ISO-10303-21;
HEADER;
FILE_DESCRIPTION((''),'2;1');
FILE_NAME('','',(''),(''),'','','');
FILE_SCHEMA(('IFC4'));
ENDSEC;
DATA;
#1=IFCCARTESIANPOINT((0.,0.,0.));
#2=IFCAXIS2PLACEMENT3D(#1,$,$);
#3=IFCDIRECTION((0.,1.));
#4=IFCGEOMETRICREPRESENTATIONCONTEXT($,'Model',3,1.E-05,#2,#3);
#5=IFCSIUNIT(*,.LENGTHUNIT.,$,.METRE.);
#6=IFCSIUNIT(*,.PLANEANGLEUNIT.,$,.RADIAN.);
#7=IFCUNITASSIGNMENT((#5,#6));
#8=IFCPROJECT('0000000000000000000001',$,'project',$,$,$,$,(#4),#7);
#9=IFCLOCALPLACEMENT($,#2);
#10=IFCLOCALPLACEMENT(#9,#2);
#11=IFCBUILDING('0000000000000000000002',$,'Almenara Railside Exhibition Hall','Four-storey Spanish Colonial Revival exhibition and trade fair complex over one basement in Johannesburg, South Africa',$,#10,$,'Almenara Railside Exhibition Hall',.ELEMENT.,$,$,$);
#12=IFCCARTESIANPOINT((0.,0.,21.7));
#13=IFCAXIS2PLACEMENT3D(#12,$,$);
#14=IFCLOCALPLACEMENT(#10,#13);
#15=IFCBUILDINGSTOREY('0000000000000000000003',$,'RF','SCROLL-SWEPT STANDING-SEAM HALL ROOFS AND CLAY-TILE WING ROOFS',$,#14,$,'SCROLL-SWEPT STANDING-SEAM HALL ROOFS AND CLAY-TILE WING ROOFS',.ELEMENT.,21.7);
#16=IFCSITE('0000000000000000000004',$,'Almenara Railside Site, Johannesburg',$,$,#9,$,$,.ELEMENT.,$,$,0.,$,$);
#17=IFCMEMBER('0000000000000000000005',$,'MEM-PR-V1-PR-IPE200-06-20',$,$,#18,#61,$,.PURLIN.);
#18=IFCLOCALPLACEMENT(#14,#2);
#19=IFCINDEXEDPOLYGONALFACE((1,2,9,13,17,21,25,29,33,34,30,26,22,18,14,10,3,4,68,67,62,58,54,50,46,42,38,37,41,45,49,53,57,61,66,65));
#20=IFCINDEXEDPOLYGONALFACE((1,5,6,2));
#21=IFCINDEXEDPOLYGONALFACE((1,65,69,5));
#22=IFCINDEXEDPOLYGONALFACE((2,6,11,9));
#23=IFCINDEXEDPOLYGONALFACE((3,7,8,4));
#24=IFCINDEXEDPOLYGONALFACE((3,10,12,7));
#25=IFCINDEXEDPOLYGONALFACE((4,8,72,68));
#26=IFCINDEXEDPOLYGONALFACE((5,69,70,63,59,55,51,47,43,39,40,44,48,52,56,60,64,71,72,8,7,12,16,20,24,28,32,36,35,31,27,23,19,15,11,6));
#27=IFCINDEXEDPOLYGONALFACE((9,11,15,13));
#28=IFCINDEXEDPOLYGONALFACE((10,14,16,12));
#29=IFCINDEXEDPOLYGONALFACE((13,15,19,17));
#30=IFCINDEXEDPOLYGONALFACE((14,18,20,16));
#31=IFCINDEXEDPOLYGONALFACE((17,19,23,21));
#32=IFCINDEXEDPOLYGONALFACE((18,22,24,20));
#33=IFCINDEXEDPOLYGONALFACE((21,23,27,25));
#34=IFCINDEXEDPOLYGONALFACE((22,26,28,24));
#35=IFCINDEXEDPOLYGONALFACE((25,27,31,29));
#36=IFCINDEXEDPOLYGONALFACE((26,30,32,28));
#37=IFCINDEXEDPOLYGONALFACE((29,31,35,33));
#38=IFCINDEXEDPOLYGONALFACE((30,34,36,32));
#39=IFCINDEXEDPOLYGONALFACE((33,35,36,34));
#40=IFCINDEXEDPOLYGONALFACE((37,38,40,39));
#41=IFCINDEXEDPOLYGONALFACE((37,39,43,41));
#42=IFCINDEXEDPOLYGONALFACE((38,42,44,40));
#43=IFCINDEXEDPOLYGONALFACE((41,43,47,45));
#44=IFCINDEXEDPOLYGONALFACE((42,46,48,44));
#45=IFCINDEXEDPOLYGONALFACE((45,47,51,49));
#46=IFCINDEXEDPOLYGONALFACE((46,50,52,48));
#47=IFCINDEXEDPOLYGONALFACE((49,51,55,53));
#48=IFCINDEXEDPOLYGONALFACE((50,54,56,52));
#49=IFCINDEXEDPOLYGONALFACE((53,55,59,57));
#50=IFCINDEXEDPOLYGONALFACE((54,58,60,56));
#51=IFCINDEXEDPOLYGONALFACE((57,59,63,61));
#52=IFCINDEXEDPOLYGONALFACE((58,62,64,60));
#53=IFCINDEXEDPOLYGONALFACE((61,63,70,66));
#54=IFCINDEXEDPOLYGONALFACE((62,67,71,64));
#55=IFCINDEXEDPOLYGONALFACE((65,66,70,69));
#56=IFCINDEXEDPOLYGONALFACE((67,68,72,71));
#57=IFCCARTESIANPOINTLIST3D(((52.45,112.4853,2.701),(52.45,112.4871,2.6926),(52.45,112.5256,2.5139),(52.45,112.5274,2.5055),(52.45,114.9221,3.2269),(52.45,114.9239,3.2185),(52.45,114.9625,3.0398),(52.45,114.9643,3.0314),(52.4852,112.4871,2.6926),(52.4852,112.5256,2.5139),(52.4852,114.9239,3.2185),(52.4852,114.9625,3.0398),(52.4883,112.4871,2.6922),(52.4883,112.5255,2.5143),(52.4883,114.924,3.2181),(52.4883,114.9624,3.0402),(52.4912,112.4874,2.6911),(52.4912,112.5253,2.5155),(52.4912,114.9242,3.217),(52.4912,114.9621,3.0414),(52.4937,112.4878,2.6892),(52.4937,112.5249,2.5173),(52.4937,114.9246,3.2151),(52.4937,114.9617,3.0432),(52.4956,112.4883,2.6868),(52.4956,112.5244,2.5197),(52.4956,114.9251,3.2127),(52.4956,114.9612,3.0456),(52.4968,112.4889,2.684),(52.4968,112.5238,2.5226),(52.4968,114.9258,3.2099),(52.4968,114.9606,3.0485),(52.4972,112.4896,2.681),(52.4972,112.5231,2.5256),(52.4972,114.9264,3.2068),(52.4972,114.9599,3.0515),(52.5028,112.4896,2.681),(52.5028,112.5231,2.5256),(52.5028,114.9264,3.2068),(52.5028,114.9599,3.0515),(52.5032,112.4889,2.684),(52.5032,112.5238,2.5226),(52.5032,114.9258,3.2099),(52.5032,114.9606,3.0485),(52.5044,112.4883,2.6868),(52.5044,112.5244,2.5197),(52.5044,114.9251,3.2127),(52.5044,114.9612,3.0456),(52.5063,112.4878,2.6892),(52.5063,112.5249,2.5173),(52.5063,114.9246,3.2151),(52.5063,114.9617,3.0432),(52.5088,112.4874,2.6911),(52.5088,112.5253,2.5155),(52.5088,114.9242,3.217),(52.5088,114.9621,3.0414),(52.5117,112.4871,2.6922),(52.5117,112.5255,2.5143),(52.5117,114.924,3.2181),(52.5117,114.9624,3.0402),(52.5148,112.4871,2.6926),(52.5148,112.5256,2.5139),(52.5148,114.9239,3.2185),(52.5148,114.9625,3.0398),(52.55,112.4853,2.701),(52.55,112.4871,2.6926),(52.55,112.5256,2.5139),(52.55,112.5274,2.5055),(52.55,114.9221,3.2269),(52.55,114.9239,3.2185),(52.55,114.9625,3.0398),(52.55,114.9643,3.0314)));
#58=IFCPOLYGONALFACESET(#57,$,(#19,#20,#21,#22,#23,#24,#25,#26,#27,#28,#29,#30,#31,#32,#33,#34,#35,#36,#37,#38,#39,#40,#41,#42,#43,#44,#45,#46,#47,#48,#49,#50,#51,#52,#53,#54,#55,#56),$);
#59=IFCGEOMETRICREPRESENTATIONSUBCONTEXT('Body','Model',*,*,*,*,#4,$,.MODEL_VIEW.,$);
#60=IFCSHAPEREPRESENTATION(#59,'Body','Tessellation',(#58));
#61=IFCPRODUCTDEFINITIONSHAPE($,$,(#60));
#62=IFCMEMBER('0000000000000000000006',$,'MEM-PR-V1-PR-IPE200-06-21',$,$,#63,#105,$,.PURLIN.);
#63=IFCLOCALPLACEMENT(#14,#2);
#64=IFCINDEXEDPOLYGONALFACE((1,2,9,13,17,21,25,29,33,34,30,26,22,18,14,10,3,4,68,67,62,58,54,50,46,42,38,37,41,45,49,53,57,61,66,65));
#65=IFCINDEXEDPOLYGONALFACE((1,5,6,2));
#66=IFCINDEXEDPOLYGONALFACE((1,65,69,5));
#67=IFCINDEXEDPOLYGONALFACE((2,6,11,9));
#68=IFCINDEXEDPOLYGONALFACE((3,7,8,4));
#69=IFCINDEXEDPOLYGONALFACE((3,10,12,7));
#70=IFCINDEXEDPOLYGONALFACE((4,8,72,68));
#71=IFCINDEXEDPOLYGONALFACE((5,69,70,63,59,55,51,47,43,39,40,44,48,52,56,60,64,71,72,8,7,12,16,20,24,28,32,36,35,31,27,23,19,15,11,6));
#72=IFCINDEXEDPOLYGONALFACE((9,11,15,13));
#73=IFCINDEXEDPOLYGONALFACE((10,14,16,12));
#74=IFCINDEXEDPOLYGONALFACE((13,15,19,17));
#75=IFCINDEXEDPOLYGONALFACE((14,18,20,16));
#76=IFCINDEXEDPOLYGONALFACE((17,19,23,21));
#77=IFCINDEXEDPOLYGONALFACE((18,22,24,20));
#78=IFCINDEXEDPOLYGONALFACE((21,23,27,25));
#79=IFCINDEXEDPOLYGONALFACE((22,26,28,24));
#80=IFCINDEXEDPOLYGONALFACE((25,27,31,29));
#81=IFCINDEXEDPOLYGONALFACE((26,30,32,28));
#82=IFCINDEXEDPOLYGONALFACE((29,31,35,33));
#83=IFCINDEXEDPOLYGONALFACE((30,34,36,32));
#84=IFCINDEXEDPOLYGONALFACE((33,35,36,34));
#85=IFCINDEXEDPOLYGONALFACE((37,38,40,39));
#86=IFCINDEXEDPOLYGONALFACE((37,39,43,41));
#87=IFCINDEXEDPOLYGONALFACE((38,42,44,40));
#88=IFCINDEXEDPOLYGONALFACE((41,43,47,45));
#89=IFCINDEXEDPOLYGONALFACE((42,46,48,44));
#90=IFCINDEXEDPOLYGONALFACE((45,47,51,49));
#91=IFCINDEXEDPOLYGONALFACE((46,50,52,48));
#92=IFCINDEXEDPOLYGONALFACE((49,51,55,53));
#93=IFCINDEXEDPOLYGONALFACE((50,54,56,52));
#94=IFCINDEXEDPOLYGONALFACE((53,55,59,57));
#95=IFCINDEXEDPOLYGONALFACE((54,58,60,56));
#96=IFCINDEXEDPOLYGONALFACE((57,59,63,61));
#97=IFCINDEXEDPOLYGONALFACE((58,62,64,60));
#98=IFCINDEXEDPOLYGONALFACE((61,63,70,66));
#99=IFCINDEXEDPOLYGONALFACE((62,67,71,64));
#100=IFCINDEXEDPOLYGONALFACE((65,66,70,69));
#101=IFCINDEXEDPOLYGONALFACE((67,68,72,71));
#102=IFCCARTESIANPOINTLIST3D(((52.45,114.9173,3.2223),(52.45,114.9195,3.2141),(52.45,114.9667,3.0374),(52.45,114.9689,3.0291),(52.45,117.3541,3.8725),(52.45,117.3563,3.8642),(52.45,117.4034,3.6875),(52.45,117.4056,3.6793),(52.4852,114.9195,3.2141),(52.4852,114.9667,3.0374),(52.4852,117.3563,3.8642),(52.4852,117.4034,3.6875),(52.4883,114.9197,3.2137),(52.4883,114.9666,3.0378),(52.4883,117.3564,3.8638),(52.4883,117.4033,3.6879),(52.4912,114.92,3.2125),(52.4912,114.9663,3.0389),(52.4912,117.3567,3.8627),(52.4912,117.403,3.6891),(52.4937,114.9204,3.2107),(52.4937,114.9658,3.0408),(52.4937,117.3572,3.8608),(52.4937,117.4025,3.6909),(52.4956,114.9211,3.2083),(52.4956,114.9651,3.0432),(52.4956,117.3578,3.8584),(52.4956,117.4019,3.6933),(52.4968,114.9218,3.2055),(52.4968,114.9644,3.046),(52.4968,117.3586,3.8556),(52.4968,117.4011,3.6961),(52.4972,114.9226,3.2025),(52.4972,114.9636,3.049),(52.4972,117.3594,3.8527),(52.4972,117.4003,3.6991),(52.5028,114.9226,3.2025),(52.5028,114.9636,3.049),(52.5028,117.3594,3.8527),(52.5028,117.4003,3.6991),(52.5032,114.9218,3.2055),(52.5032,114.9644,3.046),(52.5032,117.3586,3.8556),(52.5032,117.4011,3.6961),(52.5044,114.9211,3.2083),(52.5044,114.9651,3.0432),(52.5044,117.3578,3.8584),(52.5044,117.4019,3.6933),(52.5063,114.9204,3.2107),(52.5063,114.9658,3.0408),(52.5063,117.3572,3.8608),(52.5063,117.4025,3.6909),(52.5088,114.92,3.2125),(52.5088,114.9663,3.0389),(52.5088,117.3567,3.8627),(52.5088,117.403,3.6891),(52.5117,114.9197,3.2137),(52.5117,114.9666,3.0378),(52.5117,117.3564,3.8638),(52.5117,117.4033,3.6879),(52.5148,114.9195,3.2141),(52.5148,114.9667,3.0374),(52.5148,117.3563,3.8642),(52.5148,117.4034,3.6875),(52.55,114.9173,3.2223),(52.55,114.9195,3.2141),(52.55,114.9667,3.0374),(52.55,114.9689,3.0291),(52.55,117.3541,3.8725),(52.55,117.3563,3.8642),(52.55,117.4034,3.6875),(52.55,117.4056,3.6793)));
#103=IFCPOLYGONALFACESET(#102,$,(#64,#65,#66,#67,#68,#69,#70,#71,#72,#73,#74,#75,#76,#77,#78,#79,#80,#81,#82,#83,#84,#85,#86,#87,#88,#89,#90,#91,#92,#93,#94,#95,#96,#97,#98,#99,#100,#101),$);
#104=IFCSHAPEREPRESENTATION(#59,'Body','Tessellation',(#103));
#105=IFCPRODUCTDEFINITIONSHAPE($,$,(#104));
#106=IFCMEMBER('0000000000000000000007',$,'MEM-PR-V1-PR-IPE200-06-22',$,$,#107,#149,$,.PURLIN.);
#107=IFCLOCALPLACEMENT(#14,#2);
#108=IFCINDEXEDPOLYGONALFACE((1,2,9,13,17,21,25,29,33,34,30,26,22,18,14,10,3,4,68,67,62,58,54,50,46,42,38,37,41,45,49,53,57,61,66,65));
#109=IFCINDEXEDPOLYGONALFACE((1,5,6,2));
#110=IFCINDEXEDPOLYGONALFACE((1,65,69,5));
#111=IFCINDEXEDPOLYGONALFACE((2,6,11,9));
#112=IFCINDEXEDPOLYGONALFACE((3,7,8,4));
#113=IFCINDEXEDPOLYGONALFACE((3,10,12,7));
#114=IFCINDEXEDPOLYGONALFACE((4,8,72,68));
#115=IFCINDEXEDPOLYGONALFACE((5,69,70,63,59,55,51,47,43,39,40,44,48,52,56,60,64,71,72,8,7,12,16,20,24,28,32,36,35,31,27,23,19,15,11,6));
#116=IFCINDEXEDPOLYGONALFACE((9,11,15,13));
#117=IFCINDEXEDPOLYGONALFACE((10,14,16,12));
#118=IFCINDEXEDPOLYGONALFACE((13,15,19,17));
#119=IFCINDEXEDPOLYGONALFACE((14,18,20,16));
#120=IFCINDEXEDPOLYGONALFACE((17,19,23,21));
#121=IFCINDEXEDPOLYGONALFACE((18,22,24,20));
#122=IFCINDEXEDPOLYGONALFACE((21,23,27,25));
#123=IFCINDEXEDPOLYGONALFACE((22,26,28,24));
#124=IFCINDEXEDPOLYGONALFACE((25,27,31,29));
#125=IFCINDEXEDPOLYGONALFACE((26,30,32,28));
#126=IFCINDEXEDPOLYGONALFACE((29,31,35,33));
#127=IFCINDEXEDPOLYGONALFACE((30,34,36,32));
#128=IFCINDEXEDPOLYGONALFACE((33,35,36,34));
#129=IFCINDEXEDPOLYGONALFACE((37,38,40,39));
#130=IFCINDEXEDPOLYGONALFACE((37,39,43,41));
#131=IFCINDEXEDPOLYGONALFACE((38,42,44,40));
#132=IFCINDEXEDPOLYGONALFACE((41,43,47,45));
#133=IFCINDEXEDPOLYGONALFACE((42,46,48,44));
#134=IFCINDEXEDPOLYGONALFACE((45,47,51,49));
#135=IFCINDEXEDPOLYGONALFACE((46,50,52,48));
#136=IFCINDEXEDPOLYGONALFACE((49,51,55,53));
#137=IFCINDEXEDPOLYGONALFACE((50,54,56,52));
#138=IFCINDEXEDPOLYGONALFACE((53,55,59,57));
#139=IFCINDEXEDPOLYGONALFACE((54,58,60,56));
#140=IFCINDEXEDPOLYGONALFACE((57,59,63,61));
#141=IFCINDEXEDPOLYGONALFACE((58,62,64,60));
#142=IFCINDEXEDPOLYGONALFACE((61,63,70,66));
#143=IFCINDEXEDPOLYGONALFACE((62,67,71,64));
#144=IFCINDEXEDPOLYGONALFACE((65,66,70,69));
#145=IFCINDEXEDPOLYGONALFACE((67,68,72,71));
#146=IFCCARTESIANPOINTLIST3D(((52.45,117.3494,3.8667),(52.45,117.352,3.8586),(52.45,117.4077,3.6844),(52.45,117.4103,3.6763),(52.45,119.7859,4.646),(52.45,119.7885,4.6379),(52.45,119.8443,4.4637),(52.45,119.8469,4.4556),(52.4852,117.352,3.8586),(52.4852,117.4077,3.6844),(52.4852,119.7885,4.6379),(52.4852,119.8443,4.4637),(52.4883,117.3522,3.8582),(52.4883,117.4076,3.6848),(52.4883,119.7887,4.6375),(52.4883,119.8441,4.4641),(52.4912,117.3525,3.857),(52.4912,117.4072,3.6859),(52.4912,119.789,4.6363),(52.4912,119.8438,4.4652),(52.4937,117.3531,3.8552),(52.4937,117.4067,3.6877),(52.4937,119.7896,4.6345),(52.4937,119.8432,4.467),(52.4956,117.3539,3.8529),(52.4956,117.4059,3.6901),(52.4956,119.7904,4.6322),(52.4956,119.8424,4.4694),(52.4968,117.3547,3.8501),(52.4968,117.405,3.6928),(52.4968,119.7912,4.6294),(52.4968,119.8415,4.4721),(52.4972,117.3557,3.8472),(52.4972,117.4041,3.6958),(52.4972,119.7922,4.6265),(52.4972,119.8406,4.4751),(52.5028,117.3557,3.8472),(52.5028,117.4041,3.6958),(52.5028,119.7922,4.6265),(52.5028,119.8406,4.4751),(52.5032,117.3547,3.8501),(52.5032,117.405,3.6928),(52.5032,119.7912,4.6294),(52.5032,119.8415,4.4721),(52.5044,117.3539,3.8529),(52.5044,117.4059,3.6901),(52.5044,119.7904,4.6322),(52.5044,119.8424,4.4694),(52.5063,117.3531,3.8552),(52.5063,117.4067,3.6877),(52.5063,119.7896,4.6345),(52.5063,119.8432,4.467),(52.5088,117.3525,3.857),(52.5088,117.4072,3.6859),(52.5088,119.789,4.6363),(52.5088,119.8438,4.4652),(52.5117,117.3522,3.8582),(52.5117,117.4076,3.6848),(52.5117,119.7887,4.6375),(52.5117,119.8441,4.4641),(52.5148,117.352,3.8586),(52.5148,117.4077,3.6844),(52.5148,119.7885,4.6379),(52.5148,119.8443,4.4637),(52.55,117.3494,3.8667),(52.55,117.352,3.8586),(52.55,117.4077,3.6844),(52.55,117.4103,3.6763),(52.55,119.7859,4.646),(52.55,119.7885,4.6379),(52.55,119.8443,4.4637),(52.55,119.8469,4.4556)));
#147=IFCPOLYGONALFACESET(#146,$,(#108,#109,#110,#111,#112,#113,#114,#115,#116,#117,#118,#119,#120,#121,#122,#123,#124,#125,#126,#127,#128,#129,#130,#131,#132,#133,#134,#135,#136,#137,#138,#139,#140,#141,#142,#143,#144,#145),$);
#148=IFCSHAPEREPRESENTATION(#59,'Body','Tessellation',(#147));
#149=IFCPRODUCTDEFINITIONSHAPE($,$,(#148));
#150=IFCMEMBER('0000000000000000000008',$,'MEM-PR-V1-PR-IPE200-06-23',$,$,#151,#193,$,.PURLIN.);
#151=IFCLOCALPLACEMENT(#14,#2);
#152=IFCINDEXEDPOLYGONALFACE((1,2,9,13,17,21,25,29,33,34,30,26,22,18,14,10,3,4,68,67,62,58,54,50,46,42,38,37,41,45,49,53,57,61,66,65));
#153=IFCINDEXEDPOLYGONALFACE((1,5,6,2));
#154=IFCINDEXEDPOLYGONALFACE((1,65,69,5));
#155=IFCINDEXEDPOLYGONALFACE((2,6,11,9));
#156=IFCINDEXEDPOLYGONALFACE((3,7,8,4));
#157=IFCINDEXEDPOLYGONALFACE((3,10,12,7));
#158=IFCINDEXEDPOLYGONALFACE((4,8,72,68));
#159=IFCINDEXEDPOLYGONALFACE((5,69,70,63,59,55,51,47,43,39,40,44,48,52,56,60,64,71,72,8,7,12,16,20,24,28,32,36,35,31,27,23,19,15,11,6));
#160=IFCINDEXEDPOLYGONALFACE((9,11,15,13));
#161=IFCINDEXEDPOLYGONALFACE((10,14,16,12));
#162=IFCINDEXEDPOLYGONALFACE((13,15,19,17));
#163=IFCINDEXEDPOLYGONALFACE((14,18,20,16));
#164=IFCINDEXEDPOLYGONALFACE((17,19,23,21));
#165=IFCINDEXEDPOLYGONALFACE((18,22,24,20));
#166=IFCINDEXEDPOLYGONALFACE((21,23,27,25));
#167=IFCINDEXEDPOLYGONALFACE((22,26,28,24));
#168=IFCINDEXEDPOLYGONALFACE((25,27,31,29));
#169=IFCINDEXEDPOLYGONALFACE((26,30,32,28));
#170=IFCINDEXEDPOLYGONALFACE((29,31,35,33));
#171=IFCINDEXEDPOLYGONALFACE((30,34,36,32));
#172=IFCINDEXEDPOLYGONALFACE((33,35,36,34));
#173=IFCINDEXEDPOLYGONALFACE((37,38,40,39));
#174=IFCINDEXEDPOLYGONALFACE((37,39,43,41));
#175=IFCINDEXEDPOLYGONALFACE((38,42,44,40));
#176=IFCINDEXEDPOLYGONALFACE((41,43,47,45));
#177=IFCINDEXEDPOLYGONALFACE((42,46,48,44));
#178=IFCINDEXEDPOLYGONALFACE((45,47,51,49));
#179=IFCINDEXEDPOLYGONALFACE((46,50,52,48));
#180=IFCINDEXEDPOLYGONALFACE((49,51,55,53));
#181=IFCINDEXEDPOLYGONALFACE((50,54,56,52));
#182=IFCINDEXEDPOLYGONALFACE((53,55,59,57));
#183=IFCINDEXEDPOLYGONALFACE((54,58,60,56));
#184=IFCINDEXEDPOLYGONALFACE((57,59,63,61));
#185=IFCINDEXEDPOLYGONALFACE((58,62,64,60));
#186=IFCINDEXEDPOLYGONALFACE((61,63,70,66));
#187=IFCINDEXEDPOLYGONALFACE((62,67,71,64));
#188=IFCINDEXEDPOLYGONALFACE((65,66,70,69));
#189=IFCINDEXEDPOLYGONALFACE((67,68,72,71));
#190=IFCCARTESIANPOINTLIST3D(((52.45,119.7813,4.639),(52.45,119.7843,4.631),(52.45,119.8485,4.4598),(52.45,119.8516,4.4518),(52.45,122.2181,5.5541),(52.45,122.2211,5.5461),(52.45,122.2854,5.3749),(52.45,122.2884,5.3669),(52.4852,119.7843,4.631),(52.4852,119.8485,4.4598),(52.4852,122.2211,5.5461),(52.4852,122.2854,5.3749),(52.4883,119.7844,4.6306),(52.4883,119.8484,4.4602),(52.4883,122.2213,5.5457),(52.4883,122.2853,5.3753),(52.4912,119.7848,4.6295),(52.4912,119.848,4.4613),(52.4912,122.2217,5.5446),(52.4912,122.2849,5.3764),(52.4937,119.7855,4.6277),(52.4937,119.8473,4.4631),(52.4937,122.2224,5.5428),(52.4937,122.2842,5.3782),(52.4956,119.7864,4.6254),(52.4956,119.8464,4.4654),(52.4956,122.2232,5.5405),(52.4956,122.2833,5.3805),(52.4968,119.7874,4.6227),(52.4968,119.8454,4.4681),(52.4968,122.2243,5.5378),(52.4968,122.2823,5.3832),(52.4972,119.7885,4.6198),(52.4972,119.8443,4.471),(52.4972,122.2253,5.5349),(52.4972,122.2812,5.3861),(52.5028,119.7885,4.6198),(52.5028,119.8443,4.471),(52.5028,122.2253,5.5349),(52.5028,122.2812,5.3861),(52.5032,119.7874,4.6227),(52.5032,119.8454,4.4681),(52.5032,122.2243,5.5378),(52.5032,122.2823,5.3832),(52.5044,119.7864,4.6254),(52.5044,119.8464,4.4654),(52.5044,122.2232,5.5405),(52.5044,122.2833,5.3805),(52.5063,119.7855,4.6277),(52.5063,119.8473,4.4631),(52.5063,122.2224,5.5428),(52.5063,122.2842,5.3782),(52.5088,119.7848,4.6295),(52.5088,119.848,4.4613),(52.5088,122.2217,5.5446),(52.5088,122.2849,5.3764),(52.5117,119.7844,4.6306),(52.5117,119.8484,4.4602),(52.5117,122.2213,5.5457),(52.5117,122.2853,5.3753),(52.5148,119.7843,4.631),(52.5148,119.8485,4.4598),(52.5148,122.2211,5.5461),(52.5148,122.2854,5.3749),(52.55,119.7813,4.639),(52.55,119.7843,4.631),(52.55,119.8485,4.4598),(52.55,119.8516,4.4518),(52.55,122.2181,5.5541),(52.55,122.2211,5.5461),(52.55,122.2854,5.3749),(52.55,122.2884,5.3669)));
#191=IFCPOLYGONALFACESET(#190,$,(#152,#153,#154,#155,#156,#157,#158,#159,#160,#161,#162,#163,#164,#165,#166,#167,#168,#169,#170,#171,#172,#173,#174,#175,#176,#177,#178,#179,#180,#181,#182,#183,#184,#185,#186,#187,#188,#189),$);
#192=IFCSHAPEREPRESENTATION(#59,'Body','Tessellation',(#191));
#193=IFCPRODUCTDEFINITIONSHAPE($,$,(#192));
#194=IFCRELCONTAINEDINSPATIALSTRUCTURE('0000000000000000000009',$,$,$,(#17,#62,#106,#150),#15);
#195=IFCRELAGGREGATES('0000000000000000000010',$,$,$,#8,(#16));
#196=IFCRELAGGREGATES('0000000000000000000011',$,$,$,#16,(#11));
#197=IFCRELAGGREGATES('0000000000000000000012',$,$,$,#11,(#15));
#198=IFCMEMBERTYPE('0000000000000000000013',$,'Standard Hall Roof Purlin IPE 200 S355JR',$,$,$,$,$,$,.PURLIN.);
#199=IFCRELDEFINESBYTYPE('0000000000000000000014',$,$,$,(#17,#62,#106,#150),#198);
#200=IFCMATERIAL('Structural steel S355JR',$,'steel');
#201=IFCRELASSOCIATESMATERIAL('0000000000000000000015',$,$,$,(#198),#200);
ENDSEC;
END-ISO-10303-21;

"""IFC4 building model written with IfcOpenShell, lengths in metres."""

from ifc_helpers import new_model, si_unit, direction, frame, origin, origin_2d, place, context, subcontext, project, spatial, i_section, extrude, material, material_profile, profile_set, type_object, element, save


model = new_model("IFC4")

# Units and contexts
model_context = context("Model", 3, precision=1e-05, world=origin(), true_north=direction((0.0, 1.0)))
body_context = subcontext(model_context, "Body", "Model", "MODEL_VIEW")
ifc_project = project(units=[si_unit("LENGTHUNIT", "METRE"), si_unit("PLANEANGLEUNIT", "RADIAN")], contexts=[model_context])

# Site, building, storey
site_placement = place(None, origin())
site = spatial("IfcSite", under=ifc_project, at=site_placement, Name="Almenara Railside Site, Johannesburg", CompositionType="ELEMENT", RefElevation=0.0)
building_placement = place(site_placement, origin())
building = spatial("IfcBuilding", under=site, at=building_placement, Name="Almenara Railside Exhibition Hall", Description="Four-storey Spanish Colonial Revival exhibition and trade fair complex over one basement in Johannesburg, South Africa", LongName="Almenara Railside Exhibition Hall", CompositionType="ELEMENT")
storey_placement = place(building_placement, frame((0.0, 0.0, 21.7)))
storey = spatial("IfcBuildingStorey", under=building, at=storey_placement, Name="RF", Description="SCROLL-SWEPT STANDING-SEAM HALL ROOFS AND CLAY-TILE WING ROOFS", LongName="SCROLL-SWEPT STANDING-SEAM HALL ROOFS AND CLAY-TILE WING ROOFS", CompositionType="ELEMENT", Elevation=21.7)

# Members
ifc_material_1 = material(Name="Structural steel S355JR", Category="steel")
ifc_material_profile_1 = material_profile(ifc_material_1, i_section(OverallWidth=0.1001, OverallDepth=0.2, WebThickness=0.0056, FlangeThickness=0.0085, FilletRadius=0.012, at=origin_2d()), Name="IPE 200")
ifc_profile_set_1 = profile_set([ifc_material_profile_1], Name="Structural steel S355JR")
member_type_1 = type_object("IfcMemberType", Name="Standard Hall Roof Purlin IPE 200 S355JR", PredefinedType="PURLIN", material=ifc_profile_set_1)
member_1_placement = place(storey_placement, frame((52.5, 112.5063, 2.6033), z_axis=(0.0, 0.977496, 0.210953), x_axis=(-1.0, 0.0, 0.0)))
element("IfcMember", 1, at=member_1_placement, inside=storey, type_object=member_type_1, Name="MEM-PR-V1-PR-IPE200-06-20", PredefinedType="PURLIN", context=body_context, shape_type="SweptSolid", body=[
    extrude(i_section(OverallWidth=0.1001, OverallDepth=0.2, WebThickness=0.0056, FlangeThickness=0.0085, FilletRadius=0.012, at=origin_2d()), origin(), (0.0, 0.0, 1.0), 2.4929),
])
member_2_placement = place(storey_placement, frame((52.5, 114.9431, 3.1257), z_axis=(0.0, 0.966201, 0.257789), x_axis=(-1.0, 0.0, 0.0)))
element("IfcMember", 2, at=member_2_placement, inside=storey, type_object=member_type_1, Name="MEM-PR-V1-PR-IPE200-06-21", PredefinedType="PURLIN", context=body_context, shape_type="SweptSolid", body=[
    extrude(i_section(OverallWidth=0.1001, OverallDepth=0.2, WebThickness=0.0056, FlangeThickness=0.0085, FilletRadius=0.012, at=origin_2d()), origin(), (0.0, 0.0, 1.0), 2.522),
])
member_3_placement = place(storey_placement, frame((52.5, 117.3799, 3.7715), z_axis=(0.0, 0.952468, 0.304637), x_axis=(-1.0, 0.0, 0.0)))
element("IfcMember", 3, at=member_3_placement, inside=storey, type_object=member_type_1, Name="MEM-PR-V1-PR-IPE200-06-22", PredefinedType="PURLIN", context=body_context, shape_type="SweptSolid", body=[
    extrude(i_section(OverallWidth=0.1001, OverallDepth=0.2, WebThickness=0.0056, FlangeThickness=0.0085, FilletRadius=0.012, at=origin_2d()), origin(), (0.0, 0.0, 1.0), 2.5581),
])
member_4_placement = place(storey_placement, frame((52.5, 119.8164, 4.5454), z_axis=(0.0, 0.936171, 0.351545), x_axis=(-1.0, 0.0, 0.0)))
element("IfcMember", 4, at=member_4_placement, inside=storey, type_object=member_type_1, Name="MEM-PR-V1-PR-IPE200-06-23", PredefinedType="PURLIN", context=body_context, shape_type="SweptSolid", body=[
    extrude(i_section(OverallWidth=0.1001, OverallDepth=0.2, WebThickness=0.0056, FlangeThickness=0.0085, FilletRadius=0.012, at=origin_2d()), origin(), (0.0, 0.0, 1.0), 2.603),
])

save(model, "model.ifc")
